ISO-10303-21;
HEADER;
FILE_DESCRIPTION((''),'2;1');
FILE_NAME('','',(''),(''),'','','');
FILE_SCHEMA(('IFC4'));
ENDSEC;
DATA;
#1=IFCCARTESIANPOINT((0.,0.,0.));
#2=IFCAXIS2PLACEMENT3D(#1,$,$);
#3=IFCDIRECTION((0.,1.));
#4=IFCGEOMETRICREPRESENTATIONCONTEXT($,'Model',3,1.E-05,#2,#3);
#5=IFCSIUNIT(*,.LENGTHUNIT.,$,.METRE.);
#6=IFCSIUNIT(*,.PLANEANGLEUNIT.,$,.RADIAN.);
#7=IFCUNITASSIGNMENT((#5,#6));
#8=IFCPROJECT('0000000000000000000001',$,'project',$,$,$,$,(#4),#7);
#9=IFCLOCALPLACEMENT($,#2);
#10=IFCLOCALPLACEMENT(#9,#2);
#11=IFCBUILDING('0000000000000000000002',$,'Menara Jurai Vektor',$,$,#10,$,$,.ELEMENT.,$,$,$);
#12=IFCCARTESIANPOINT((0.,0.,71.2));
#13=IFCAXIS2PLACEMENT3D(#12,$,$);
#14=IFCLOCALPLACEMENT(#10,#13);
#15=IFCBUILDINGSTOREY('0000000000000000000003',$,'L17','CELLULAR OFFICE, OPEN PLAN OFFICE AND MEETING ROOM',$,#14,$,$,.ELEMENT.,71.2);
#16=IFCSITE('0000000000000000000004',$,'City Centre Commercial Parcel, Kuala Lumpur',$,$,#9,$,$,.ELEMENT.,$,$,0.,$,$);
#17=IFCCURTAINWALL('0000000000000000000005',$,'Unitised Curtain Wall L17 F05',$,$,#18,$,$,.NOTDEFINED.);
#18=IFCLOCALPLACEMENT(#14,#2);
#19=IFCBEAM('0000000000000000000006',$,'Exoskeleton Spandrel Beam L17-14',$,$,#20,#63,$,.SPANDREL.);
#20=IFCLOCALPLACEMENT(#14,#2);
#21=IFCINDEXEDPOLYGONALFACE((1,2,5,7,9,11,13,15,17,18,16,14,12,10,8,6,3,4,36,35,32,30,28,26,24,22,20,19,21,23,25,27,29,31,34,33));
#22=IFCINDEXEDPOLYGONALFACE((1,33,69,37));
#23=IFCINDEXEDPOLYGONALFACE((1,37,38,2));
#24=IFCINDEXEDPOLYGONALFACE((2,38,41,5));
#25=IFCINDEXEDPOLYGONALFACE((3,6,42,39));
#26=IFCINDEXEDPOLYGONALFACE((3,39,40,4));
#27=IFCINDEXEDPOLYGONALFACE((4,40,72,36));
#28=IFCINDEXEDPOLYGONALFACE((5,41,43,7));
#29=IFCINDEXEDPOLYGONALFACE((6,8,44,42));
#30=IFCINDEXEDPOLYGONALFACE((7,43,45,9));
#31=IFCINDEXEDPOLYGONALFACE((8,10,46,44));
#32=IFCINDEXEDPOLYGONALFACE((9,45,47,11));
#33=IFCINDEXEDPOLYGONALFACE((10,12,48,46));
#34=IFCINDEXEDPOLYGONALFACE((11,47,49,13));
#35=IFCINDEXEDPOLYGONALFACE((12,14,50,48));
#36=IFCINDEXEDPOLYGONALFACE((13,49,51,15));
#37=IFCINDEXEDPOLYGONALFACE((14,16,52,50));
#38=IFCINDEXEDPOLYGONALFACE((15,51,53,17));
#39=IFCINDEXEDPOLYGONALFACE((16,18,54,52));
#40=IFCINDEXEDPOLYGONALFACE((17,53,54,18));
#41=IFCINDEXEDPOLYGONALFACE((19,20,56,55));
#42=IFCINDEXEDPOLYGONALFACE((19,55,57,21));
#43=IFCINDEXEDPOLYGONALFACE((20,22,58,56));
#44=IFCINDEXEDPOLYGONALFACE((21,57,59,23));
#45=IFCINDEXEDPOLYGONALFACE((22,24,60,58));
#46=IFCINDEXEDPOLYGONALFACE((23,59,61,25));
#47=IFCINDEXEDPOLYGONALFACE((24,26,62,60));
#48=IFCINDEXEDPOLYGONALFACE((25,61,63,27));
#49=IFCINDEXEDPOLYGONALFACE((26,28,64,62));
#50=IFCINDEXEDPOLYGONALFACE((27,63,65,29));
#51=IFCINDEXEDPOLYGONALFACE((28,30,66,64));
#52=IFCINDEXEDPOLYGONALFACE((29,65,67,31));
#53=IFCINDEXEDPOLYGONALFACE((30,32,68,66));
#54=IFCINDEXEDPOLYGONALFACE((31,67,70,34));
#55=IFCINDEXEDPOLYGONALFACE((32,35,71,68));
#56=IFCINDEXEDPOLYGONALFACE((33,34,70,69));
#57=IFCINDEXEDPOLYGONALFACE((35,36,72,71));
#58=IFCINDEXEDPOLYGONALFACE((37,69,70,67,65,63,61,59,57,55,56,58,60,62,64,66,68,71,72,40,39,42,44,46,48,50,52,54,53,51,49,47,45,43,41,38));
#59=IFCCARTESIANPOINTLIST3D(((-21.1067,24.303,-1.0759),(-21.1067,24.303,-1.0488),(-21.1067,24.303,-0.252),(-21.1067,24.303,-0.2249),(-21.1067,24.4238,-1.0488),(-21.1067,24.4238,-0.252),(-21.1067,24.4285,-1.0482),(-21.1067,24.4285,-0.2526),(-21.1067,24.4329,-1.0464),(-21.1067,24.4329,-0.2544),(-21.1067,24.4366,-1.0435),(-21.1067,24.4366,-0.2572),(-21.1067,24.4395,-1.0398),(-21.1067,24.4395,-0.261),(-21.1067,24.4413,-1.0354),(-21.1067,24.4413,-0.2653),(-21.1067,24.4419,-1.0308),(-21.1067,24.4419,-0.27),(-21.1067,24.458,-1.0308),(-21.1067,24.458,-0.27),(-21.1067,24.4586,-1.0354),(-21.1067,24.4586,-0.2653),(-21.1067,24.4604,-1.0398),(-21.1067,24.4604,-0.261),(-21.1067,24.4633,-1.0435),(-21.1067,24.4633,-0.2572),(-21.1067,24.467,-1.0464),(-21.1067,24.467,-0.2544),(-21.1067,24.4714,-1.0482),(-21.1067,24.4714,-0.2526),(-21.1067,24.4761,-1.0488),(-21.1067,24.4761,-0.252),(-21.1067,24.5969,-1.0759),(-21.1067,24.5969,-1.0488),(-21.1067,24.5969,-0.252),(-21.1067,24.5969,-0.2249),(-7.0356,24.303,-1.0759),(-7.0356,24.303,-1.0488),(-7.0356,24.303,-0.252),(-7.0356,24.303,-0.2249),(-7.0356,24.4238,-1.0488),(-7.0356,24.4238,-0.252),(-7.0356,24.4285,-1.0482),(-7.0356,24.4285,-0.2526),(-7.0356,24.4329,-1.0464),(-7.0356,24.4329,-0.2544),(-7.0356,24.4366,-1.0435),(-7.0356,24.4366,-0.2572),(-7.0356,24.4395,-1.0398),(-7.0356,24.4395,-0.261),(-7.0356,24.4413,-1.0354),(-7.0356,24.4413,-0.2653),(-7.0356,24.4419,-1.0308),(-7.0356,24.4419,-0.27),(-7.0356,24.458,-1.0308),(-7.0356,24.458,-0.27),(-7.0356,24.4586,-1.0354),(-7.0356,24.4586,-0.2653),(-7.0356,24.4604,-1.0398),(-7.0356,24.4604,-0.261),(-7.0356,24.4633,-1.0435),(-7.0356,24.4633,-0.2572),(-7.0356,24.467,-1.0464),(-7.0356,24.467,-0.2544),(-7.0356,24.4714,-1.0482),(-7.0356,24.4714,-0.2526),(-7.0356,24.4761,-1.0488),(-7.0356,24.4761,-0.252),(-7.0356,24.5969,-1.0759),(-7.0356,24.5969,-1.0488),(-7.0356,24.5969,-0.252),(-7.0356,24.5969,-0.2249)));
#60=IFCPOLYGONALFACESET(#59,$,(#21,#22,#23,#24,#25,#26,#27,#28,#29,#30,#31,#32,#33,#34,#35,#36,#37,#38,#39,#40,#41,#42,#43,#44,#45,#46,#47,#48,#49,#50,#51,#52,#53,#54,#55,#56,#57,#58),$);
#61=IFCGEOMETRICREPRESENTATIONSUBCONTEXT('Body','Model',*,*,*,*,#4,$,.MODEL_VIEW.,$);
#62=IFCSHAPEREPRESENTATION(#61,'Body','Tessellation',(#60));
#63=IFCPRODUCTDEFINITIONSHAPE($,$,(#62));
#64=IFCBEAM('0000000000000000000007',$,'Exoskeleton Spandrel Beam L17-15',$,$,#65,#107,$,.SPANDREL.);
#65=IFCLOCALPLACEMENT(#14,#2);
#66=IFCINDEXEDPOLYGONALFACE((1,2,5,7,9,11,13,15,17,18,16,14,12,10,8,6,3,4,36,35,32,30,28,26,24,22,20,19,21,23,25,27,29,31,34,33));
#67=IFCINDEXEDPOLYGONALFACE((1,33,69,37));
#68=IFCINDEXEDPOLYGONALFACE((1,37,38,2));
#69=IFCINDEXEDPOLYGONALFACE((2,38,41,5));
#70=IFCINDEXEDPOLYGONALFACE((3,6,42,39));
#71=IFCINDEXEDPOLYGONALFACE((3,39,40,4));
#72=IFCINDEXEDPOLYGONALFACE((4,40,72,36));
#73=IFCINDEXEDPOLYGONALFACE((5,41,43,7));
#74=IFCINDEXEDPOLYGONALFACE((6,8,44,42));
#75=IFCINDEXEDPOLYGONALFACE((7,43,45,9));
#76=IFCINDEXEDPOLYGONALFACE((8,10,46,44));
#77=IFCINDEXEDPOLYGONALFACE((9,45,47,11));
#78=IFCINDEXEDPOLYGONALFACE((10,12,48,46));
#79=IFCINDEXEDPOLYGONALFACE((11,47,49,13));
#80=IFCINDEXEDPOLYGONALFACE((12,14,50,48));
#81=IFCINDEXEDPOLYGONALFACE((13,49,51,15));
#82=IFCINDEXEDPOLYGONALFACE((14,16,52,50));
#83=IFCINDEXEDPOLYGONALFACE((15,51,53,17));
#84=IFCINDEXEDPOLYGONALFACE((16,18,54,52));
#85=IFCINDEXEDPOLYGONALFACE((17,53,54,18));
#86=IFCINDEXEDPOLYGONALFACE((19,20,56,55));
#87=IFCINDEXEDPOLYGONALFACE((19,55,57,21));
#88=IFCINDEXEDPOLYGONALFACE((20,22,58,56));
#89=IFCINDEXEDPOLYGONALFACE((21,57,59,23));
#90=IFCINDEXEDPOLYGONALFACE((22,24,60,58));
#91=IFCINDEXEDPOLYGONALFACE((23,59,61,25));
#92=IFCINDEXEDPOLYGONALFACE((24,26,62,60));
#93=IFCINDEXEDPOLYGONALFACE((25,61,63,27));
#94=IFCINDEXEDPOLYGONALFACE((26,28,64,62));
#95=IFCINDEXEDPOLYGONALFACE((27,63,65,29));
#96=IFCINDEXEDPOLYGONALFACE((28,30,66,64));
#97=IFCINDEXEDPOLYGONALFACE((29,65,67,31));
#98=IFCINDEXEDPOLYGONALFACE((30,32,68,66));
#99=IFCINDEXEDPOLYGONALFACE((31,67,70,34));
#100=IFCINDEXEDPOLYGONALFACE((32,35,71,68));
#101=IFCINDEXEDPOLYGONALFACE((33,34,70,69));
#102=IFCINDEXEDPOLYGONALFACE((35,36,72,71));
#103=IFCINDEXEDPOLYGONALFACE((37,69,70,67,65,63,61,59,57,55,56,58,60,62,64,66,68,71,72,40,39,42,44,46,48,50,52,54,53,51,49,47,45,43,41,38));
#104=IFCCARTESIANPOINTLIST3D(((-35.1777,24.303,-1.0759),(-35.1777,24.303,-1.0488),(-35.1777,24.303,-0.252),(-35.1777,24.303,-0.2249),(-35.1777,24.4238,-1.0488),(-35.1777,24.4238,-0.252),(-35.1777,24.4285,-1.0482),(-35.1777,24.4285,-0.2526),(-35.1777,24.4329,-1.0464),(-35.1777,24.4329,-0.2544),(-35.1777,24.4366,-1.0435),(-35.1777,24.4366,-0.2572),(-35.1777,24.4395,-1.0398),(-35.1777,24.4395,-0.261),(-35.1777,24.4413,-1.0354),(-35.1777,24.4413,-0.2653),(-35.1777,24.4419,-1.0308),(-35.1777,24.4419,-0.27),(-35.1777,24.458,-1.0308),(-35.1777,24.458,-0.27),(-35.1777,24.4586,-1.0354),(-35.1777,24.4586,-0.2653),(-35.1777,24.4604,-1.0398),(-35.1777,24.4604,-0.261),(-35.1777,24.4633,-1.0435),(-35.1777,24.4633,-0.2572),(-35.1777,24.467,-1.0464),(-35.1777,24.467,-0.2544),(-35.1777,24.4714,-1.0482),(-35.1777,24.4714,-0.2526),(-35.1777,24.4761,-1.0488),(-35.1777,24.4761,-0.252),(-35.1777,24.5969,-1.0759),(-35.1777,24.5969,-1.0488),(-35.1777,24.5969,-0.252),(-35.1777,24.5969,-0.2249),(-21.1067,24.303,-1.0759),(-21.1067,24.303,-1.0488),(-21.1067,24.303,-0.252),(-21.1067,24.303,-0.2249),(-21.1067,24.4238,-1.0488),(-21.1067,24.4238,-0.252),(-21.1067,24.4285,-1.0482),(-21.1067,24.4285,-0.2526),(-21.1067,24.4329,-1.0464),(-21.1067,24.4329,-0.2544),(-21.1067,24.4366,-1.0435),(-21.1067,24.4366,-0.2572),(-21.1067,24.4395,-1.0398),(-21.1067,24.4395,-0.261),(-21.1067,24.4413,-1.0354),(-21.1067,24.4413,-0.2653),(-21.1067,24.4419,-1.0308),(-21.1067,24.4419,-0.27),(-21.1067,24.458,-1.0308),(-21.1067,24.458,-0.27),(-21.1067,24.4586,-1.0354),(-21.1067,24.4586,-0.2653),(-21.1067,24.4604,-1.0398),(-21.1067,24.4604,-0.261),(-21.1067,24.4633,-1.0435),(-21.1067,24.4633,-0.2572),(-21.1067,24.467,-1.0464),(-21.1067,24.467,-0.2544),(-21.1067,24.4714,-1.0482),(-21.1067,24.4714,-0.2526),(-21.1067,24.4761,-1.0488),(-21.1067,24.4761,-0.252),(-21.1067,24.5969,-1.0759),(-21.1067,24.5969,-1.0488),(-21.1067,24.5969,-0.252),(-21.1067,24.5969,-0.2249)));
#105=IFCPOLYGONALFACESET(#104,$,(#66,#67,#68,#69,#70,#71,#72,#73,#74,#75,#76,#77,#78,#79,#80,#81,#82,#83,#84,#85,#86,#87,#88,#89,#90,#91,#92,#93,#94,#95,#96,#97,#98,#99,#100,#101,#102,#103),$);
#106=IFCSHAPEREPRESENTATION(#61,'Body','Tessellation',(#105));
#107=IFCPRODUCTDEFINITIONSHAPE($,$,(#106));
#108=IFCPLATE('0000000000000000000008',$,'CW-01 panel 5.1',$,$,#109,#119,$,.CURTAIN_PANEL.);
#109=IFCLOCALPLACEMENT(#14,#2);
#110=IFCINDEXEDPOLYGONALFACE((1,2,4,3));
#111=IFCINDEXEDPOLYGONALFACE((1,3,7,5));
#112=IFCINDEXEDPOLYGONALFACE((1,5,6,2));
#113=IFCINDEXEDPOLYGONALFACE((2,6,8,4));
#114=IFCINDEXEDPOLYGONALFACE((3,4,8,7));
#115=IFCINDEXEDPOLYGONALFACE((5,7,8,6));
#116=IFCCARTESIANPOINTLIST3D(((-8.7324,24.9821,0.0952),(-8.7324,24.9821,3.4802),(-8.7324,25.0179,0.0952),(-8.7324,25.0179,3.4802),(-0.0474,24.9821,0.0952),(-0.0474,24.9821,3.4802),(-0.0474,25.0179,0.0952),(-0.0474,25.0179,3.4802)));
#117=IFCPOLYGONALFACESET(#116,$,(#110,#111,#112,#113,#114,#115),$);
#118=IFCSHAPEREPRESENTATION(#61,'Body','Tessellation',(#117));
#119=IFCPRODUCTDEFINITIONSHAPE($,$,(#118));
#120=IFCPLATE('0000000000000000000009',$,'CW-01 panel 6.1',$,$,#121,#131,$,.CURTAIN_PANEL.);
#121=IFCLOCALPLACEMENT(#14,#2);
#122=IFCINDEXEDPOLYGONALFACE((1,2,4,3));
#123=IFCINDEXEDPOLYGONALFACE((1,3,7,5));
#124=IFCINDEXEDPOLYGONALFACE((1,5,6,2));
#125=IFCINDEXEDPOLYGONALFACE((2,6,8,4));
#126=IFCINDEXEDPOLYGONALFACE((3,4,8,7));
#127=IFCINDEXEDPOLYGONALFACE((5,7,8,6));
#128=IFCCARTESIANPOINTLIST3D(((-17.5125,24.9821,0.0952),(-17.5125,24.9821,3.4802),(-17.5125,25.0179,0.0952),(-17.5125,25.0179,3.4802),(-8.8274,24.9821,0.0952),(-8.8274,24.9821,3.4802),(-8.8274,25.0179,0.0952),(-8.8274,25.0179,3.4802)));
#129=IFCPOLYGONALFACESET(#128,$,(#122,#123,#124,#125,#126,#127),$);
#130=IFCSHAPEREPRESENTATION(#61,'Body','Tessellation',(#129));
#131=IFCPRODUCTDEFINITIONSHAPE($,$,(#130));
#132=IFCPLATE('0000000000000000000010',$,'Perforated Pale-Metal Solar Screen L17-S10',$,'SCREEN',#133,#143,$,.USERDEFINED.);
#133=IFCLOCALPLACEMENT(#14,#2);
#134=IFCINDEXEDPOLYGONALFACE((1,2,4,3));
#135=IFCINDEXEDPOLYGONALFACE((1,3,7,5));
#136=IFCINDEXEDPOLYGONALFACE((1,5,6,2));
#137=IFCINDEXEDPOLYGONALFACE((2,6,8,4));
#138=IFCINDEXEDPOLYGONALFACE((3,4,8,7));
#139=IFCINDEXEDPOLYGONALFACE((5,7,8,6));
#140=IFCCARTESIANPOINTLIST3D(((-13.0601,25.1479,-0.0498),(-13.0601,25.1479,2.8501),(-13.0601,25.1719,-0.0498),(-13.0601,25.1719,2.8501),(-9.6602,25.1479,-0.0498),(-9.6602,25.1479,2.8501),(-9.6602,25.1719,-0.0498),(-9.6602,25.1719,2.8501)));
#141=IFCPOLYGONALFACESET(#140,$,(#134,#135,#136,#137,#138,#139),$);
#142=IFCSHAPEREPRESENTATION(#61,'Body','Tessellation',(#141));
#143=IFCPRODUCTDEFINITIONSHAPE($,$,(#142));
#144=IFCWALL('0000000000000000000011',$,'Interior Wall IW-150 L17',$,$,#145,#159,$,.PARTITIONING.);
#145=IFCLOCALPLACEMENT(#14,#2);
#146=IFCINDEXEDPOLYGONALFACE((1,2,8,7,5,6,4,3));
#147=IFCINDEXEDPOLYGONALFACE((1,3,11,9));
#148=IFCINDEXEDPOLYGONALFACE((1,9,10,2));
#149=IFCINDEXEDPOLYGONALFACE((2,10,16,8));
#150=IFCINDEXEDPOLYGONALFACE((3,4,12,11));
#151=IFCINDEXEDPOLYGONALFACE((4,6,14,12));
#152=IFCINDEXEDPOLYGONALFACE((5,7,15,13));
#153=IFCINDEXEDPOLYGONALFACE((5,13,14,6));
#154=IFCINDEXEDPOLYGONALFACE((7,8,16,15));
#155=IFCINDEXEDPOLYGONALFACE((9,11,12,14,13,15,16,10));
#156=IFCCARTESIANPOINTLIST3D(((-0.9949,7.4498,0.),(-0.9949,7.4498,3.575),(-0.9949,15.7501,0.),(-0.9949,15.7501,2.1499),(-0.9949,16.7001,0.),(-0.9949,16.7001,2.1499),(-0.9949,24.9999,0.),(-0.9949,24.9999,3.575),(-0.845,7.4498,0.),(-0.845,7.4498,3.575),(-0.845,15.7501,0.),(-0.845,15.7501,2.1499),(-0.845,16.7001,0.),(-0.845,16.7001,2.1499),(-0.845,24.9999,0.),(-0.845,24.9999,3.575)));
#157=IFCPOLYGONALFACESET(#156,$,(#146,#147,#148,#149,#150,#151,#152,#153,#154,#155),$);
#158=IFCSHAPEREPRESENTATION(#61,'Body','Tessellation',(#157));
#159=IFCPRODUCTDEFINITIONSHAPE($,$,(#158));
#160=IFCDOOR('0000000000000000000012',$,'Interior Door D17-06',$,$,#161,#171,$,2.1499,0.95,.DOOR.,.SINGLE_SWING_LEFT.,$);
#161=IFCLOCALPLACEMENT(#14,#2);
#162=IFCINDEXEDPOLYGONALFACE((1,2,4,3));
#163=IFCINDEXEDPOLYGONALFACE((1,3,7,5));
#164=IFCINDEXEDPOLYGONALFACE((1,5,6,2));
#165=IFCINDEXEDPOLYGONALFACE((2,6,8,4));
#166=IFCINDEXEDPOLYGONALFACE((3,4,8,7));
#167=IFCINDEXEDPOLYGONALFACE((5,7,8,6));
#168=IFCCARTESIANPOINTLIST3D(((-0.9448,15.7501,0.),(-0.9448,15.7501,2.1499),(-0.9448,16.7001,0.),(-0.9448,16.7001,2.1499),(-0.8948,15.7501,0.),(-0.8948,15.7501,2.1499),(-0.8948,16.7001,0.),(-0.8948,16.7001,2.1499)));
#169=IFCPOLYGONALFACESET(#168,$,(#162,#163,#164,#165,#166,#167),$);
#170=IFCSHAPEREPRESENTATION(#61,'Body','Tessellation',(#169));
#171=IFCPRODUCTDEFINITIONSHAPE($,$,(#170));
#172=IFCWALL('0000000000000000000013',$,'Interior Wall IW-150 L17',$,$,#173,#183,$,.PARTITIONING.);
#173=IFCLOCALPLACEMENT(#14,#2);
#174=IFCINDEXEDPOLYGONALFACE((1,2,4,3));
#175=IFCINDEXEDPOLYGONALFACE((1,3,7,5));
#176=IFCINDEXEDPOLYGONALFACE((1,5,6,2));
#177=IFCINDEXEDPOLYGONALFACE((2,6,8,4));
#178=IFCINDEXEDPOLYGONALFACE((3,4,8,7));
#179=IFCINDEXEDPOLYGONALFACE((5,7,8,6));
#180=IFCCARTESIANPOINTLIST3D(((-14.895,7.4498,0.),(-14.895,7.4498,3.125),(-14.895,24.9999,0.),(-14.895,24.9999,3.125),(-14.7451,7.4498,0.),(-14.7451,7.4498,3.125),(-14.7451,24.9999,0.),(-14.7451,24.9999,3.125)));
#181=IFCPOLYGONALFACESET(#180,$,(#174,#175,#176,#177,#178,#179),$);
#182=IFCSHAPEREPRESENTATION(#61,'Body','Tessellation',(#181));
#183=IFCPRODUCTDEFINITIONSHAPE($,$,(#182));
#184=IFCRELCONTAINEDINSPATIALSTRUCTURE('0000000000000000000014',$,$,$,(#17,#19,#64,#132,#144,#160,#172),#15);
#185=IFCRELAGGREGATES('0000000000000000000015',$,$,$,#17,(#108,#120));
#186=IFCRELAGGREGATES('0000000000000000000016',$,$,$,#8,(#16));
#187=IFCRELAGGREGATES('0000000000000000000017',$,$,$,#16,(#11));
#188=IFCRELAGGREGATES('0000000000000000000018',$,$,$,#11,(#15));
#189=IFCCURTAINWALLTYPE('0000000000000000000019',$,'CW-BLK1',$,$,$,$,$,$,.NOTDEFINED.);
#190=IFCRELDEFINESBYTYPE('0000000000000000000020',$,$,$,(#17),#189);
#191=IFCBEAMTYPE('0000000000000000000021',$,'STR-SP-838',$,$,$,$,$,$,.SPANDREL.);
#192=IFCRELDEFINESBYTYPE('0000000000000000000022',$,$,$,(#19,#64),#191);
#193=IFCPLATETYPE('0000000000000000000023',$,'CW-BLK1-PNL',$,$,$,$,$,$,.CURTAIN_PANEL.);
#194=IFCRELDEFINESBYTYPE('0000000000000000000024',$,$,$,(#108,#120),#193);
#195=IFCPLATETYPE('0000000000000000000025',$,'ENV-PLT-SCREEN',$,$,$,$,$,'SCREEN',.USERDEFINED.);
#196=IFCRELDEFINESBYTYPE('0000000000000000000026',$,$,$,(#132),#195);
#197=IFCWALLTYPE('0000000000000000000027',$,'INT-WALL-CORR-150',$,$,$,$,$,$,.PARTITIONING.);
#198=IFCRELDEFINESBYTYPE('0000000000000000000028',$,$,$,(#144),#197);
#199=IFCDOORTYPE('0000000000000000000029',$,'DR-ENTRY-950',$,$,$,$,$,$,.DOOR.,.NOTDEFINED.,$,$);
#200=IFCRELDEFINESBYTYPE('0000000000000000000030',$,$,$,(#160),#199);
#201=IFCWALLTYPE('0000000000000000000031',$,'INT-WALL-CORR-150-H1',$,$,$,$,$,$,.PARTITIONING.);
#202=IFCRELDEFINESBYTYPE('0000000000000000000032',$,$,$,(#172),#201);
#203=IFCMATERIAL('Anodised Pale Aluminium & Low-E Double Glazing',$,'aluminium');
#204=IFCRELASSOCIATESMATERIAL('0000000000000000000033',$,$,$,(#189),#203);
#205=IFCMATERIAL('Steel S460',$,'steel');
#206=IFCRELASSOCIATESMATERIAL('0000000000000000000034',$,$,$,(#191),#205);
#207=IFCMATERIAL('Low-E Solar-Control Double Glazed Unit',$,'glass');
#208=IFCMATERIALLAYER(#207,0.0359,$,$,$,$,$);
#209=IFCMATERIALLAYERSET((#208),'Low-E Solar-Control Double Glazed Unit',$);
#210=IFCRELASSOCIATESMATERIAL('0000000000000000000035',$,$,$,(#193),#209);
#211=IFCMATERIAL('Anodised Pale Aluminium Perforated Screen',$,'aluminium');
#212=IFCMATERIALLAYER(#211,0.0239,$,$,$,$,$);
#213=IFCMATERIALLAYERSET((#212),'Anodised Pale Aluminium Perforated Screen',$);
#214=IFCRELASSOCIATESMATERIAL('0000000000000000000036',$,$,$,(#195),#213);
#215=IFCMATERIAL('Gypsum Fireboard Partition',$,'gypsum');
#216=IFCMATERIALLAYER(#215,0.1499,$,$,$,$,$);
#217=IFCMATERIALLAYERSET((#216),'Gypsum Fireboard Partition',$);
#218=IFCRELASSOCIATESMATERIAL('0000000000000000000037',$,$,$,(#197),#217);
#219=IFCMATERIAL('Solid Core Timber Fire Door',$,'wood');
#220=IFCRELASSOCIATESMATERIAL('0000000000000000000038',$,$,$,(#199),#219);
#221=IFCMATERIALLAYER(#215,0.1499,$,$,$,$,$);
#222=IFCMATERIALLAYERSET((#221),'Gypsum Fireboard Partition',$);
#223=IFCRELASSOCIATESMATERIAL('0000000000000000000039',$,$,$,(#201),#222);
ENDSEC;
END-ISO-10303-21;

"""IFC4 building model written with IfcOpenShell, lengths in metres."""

from ifc_helpers import new_model, si_unit, direction, frame, frame_2d, origin, origin_2d, place, context, subcontext, project, spatial, rectangle, i_section, extrude, material, layer, layer_set, material_profile, profile_set, type_object, element, fill, aggregate, save


model = new_model("IFC4")

# Units and contexts
model_context = context("Model", 3, precision=1e-05, world=origin(), true_north=direction((0.0, 1.0)))
body_context = subcontext(model_context, "Body", "Model", "MODEL_VIEW")
ifc_project = project(units=[si_unit("LENGTHUNIT", "METRE"), si_unit("PLANEANGLEUNIT", "RADIAN")], contexts=[model_context])

# Site, building, storey
site_placement = place(None, origin())
site = spatial("IfcSite", under=ifc_project, at=site_placement, Name="City Centre Commercial Parcel, Kuala Lumpur", CompositionType="ELEMENT", RefElevation=0.0)
building_placement = place(site_placement, origin())
building = spatial("IfcBuilding", under=site, at=building_placement, Name="Menara Jurai Vektor", CompositionType="ELEMENT")
storey_placement = place(building_placement, frame((0.0, 0.0, 71.2)))
storey = spatial("IfcBuildingStorey", under=building, at=storey_placement, Name="L17", Description="CELLULAR OFFICE, OPEN PLAN OFFICE AND MEETING ROOM", CompositionType="ELEMENT", Elevation=71.2)

# Shared definitions
ifc_material_1 = material(Name="Steel S460", Category="steel")

# Curtain wall
ifc_material_2 = material(Name="Anodised Pale Aluminium & Low-E Double Glazing", Category="aluminium")
curtain_wall_type = type_object("IfcCurtainWallType", Name="CW-BLK1", PredefinedType="NOTDEFINED", material=ifc_material_2)
curtain_wall_placement = place(storey_placement, origin())
curtain_wall = element("IfcCurtainWall", 1, at=curtain_wall_placement, inside=storey, type_object=curtain_wall_type, Name="Unitised Curtain Wall L17 F05", PredefinedType="NOTDEFINED")

# Beams
ifc_material_profile_1 = material_profile(ifc_material_1, i_section(OverallWidth=0.2939, OverallDepth=0.8511, WebThickness=0.0161, FlangeThickness=0.0271, FilletRadius=0.0181, at=origin_2d()), Name="UKB 838x292x226")
ifc_profile_set_1 = profile_set([ifc_material_profile_1], Name="Steel S460")
beam_type_1 = type_object("IfcBeamType", Name="STR-SP-838", PredefinedType="SPANDREL", material=ifc_profile_set_1)
for number, where, z_axis, x_axis, name in (
    (2, (-7.0356, 24.45, -0.6504), (-1.0, 0.0, 0.0), (0.0, -1.0, 0.0), "Exoskeleton Spandrel Beam L17-14"),
    (3, (-21.1067, 24.45, -0.6504), (-1.0, 0.0, 0.0), (0.0, -1.0, 0.0), "Exoskeleton Spandrel Beam L17-15"),
):
    element("IfcBeam", number, at=place(storey_placement, frame(where, z_axis=z_axis, x_axis=x_axis)), inside=storey, type_object=beam_type_1, Name=name, PredefinedType="SPANDREL", context=body_context, shape_type="SweptSolid", body=[
        extrude(i_section(OverallWidth=0.2939, OverallDepth=0.8511, WebThickness=0.0161, FlangeThickness=0.0271, FilletRadius=0.0181, at=origin_2d()), origin(), (0.0, 0.0, 1.0), 14.071),
    ])

# Plates
ifc_material_3 = material(Name="Low-E Solar-Control Double Glazed Unit", Category="glass")
ifc_layer_1 = layer(ifc_material_3, 0.0359)
ifc_layer_set_1 = layer_set([ifc_layer_1], Name="Low-E Solar-Control Double Glazed Unit")
plate_type_1 = type_object("IfcPlateType", Name="CW-BLK1-PNL", PredefinedType="CURTAIN_PANEL", material=ifc_layer_set_1)
plate_1_placement = place(storey_placement, frame((-4.3899, 25.0, 0.0952), z_axis=(0.0, 0.0, 1.0), x_axis=(-1.0, 0.0, 0.0)))
plate_1 = element("IfcPlate", 4, at=plate_1_placement, type_object=plate_type_1, Name="CW-01 panel 5.1", PredefinedType="CURTAIN_PANEL", context=body_context, shape_type="SweptSolid", body=[
    extrude(rectangle(XDim=8.6851, YDim=0.0359, at=origin_2d()), origin(), (0.0, 0.0, 1.0), 3.385),
])
plate_2_placement = place(storey_placement, frame((-13.1699, 25.0, 0.0952), z_axis=(0.0, 0.0, 1.0), x_axis=(-1.0, 0.0, 0.0)))
plate_2 = element("IfcPlate", 5, at=plate_2_placement, type_object=plate_type_1, Name="CW-01 panel 6.1", PredefinedType="CURTAIN_PANEL", context=body_context, shape_type="SweptSolid", body=[
    extrude(rectangle(XDim=8.6851, YDim=0.0359, at=origin_2d()), origin(), (0.0, 0.0, 1.0), 3.385),
])
aggregate(curtain_wall, [plate_1, plate_2])
ifc_material_4 = material(Name="Anodised Pale Aluminium Perforated Screen", Category="aluminium")
ifc_layer_2 = layer(ifc_material_4, 0.0239)
ifc_layer_set_2 = layer_set([ifc_layer_2], Name="Anodised Pale Aluminium Perforated Screen")
plate_type_2 = type_object("IfcPlateType", Name="ENV-PLT-SCREEN", ElementType="SCREEN", PredefinedType="USERDEFINED", material=ifc_layer_set_2)
plate_3_placement = place(storey_placement, frame((-11.3601, 25.1599, -0.0498), z_axis=(0.0, 0.0, 1.0), x_axis=(-1.0, 0.0, 0.0)))
element("IfcPlate", 6, at=plate_3_placement, inside=storey, type_object=plate_type_2, Name="Perforated Pale-Metal Solar Screen L17-S10", ObjectType="SCREEN", PredefinedType="USERDEFINED", context=body_context, shape_type="SweptSolid", body=[
    extrude(rectangle(XDim=3.3999, YDim=0.0239, at=origin_2d()), origin(), (0.0, 0.0, 1.0), 2.8999),
])

# Wall, opening, door
ifc_material_5 = material(Name="Gypsum Fireboard Partition", Category="gypsum")
ifc_layer_3 = layer(ifc_material_5, 0.1499)
ifc_layer_set_3 = layer_set([ifc_layer_3], Name="Gypsum Fireboard Partition")
wall_type_1 = type_object("IfcWallType", Name="INT-WALL-CORR-150", PredefinedType="PARTITIONING", material=ifc_layer_set_3)
wall_1_placement = place(storey_placement, frame((-0.9199, 7.45, 0.0), z_axis=(0.0, 0.0, 1.0), x_axis=(0.0, 1.0, 0.0)))
wall_1 = element("IfcWall", 7, at=wall_1_placement, inside=storey, type_object=wall_type_1, Name="Interior Wall IW-150 L17", PredefinedType="PARTITIONING", context=body_context, shape_type="SweptSolid", body=[
    extrude(rectangle(XDim=17.55, YDim=0.1499, at=frame_2d((8.7749, 0.0))), origin(), (0.0, 0.0, 1.0), 3.575),
])
opening_placement = place(wall_1_placement, frame((8.3, 0.0, 0.0)))
opening = element("IfcOpeningElement", 8, at=opening_placement, cuts=wall_1, PredefinedType="OPENING", context=body_context, shape_type="SweptSolid", body=[
    extrude(rectangle(XDim=0.95, YDim=2.1499, at=frame_2d((0.4751, 1.075))), frame((0.0, 0.085, 0.0), z_axis=(0.0, -1.0, 0.0), x_axis=(1.0, 0.0, 0.0)), (0.0, 0.0, 1.0), 0.1699),
])
ifc_material_6 = material(Name="Solid Core Timber Fire Door", Category="wood")
door_type = type_object("IfcDoorType", Name="DR-ENTRY-950", OperationType="NOTDEFINED", PredefinedType="DOOR", material=ifc_material_6)
door_placement = place(opening_placement, origin())
door = element("IfcDoor", 9, at=door_placement, inside=storey, type_object=door_type, Name="Interior Door D17-06", OperationType="SINGLE_SWING_LEFT", OverallHeight=2.1499, OverallWidth=0.95, PredefinedType="DOOR", context=body_context, shape_type="SweptSolid", body=[
    extrude(rectangle(XDim=0.95, YDim=2.1499, at=frame_2d((0.4751, 1.075))), frame((0.0, 0.0249, 0.0), z_axis=(0.0, -1.0, 0.0), x_axis=(1.0, 0.0, 0.0)), (0.0, 0.0, 1.0), 0.05),
])
fill(opening, door)

# Wall
ifc_layer_4 = layer(ifc_material_5, 0.1499)
ifc_layer_set_4 = layer_set([ifc_layer_4], Name="Gypsum Fireboard Partition")
wall_type_2 = type_object("IfcWallType", Name="INT-WALL-CORR-150-H1", PredefinedType="PARTITIONING", material=ifc_layer_set_4)
wall_2_placement = place(storey_placement, frame((-14.8201, 7.45, 0.0), z_axis=(0.0, 0.0, 1.0), x_axis=(0.0, 1.0, 0.0)))
element("IfcWall", 10, at=wall_2_placement, inside=storey, type_object=wall_type_2, Name="Interior Wall IW-150 L17", PredefinedType="PARTITIONING", context=body_context, shape_type="SweptSolid", body=[
    extrude(rectangle(XDim=17.55, YDim=0.1499, at=frame_2d((8.7749, 0.0))), origin(), (0.0, 0.0, 1.0), 3.125),
])

save(model, "model.ifc")
